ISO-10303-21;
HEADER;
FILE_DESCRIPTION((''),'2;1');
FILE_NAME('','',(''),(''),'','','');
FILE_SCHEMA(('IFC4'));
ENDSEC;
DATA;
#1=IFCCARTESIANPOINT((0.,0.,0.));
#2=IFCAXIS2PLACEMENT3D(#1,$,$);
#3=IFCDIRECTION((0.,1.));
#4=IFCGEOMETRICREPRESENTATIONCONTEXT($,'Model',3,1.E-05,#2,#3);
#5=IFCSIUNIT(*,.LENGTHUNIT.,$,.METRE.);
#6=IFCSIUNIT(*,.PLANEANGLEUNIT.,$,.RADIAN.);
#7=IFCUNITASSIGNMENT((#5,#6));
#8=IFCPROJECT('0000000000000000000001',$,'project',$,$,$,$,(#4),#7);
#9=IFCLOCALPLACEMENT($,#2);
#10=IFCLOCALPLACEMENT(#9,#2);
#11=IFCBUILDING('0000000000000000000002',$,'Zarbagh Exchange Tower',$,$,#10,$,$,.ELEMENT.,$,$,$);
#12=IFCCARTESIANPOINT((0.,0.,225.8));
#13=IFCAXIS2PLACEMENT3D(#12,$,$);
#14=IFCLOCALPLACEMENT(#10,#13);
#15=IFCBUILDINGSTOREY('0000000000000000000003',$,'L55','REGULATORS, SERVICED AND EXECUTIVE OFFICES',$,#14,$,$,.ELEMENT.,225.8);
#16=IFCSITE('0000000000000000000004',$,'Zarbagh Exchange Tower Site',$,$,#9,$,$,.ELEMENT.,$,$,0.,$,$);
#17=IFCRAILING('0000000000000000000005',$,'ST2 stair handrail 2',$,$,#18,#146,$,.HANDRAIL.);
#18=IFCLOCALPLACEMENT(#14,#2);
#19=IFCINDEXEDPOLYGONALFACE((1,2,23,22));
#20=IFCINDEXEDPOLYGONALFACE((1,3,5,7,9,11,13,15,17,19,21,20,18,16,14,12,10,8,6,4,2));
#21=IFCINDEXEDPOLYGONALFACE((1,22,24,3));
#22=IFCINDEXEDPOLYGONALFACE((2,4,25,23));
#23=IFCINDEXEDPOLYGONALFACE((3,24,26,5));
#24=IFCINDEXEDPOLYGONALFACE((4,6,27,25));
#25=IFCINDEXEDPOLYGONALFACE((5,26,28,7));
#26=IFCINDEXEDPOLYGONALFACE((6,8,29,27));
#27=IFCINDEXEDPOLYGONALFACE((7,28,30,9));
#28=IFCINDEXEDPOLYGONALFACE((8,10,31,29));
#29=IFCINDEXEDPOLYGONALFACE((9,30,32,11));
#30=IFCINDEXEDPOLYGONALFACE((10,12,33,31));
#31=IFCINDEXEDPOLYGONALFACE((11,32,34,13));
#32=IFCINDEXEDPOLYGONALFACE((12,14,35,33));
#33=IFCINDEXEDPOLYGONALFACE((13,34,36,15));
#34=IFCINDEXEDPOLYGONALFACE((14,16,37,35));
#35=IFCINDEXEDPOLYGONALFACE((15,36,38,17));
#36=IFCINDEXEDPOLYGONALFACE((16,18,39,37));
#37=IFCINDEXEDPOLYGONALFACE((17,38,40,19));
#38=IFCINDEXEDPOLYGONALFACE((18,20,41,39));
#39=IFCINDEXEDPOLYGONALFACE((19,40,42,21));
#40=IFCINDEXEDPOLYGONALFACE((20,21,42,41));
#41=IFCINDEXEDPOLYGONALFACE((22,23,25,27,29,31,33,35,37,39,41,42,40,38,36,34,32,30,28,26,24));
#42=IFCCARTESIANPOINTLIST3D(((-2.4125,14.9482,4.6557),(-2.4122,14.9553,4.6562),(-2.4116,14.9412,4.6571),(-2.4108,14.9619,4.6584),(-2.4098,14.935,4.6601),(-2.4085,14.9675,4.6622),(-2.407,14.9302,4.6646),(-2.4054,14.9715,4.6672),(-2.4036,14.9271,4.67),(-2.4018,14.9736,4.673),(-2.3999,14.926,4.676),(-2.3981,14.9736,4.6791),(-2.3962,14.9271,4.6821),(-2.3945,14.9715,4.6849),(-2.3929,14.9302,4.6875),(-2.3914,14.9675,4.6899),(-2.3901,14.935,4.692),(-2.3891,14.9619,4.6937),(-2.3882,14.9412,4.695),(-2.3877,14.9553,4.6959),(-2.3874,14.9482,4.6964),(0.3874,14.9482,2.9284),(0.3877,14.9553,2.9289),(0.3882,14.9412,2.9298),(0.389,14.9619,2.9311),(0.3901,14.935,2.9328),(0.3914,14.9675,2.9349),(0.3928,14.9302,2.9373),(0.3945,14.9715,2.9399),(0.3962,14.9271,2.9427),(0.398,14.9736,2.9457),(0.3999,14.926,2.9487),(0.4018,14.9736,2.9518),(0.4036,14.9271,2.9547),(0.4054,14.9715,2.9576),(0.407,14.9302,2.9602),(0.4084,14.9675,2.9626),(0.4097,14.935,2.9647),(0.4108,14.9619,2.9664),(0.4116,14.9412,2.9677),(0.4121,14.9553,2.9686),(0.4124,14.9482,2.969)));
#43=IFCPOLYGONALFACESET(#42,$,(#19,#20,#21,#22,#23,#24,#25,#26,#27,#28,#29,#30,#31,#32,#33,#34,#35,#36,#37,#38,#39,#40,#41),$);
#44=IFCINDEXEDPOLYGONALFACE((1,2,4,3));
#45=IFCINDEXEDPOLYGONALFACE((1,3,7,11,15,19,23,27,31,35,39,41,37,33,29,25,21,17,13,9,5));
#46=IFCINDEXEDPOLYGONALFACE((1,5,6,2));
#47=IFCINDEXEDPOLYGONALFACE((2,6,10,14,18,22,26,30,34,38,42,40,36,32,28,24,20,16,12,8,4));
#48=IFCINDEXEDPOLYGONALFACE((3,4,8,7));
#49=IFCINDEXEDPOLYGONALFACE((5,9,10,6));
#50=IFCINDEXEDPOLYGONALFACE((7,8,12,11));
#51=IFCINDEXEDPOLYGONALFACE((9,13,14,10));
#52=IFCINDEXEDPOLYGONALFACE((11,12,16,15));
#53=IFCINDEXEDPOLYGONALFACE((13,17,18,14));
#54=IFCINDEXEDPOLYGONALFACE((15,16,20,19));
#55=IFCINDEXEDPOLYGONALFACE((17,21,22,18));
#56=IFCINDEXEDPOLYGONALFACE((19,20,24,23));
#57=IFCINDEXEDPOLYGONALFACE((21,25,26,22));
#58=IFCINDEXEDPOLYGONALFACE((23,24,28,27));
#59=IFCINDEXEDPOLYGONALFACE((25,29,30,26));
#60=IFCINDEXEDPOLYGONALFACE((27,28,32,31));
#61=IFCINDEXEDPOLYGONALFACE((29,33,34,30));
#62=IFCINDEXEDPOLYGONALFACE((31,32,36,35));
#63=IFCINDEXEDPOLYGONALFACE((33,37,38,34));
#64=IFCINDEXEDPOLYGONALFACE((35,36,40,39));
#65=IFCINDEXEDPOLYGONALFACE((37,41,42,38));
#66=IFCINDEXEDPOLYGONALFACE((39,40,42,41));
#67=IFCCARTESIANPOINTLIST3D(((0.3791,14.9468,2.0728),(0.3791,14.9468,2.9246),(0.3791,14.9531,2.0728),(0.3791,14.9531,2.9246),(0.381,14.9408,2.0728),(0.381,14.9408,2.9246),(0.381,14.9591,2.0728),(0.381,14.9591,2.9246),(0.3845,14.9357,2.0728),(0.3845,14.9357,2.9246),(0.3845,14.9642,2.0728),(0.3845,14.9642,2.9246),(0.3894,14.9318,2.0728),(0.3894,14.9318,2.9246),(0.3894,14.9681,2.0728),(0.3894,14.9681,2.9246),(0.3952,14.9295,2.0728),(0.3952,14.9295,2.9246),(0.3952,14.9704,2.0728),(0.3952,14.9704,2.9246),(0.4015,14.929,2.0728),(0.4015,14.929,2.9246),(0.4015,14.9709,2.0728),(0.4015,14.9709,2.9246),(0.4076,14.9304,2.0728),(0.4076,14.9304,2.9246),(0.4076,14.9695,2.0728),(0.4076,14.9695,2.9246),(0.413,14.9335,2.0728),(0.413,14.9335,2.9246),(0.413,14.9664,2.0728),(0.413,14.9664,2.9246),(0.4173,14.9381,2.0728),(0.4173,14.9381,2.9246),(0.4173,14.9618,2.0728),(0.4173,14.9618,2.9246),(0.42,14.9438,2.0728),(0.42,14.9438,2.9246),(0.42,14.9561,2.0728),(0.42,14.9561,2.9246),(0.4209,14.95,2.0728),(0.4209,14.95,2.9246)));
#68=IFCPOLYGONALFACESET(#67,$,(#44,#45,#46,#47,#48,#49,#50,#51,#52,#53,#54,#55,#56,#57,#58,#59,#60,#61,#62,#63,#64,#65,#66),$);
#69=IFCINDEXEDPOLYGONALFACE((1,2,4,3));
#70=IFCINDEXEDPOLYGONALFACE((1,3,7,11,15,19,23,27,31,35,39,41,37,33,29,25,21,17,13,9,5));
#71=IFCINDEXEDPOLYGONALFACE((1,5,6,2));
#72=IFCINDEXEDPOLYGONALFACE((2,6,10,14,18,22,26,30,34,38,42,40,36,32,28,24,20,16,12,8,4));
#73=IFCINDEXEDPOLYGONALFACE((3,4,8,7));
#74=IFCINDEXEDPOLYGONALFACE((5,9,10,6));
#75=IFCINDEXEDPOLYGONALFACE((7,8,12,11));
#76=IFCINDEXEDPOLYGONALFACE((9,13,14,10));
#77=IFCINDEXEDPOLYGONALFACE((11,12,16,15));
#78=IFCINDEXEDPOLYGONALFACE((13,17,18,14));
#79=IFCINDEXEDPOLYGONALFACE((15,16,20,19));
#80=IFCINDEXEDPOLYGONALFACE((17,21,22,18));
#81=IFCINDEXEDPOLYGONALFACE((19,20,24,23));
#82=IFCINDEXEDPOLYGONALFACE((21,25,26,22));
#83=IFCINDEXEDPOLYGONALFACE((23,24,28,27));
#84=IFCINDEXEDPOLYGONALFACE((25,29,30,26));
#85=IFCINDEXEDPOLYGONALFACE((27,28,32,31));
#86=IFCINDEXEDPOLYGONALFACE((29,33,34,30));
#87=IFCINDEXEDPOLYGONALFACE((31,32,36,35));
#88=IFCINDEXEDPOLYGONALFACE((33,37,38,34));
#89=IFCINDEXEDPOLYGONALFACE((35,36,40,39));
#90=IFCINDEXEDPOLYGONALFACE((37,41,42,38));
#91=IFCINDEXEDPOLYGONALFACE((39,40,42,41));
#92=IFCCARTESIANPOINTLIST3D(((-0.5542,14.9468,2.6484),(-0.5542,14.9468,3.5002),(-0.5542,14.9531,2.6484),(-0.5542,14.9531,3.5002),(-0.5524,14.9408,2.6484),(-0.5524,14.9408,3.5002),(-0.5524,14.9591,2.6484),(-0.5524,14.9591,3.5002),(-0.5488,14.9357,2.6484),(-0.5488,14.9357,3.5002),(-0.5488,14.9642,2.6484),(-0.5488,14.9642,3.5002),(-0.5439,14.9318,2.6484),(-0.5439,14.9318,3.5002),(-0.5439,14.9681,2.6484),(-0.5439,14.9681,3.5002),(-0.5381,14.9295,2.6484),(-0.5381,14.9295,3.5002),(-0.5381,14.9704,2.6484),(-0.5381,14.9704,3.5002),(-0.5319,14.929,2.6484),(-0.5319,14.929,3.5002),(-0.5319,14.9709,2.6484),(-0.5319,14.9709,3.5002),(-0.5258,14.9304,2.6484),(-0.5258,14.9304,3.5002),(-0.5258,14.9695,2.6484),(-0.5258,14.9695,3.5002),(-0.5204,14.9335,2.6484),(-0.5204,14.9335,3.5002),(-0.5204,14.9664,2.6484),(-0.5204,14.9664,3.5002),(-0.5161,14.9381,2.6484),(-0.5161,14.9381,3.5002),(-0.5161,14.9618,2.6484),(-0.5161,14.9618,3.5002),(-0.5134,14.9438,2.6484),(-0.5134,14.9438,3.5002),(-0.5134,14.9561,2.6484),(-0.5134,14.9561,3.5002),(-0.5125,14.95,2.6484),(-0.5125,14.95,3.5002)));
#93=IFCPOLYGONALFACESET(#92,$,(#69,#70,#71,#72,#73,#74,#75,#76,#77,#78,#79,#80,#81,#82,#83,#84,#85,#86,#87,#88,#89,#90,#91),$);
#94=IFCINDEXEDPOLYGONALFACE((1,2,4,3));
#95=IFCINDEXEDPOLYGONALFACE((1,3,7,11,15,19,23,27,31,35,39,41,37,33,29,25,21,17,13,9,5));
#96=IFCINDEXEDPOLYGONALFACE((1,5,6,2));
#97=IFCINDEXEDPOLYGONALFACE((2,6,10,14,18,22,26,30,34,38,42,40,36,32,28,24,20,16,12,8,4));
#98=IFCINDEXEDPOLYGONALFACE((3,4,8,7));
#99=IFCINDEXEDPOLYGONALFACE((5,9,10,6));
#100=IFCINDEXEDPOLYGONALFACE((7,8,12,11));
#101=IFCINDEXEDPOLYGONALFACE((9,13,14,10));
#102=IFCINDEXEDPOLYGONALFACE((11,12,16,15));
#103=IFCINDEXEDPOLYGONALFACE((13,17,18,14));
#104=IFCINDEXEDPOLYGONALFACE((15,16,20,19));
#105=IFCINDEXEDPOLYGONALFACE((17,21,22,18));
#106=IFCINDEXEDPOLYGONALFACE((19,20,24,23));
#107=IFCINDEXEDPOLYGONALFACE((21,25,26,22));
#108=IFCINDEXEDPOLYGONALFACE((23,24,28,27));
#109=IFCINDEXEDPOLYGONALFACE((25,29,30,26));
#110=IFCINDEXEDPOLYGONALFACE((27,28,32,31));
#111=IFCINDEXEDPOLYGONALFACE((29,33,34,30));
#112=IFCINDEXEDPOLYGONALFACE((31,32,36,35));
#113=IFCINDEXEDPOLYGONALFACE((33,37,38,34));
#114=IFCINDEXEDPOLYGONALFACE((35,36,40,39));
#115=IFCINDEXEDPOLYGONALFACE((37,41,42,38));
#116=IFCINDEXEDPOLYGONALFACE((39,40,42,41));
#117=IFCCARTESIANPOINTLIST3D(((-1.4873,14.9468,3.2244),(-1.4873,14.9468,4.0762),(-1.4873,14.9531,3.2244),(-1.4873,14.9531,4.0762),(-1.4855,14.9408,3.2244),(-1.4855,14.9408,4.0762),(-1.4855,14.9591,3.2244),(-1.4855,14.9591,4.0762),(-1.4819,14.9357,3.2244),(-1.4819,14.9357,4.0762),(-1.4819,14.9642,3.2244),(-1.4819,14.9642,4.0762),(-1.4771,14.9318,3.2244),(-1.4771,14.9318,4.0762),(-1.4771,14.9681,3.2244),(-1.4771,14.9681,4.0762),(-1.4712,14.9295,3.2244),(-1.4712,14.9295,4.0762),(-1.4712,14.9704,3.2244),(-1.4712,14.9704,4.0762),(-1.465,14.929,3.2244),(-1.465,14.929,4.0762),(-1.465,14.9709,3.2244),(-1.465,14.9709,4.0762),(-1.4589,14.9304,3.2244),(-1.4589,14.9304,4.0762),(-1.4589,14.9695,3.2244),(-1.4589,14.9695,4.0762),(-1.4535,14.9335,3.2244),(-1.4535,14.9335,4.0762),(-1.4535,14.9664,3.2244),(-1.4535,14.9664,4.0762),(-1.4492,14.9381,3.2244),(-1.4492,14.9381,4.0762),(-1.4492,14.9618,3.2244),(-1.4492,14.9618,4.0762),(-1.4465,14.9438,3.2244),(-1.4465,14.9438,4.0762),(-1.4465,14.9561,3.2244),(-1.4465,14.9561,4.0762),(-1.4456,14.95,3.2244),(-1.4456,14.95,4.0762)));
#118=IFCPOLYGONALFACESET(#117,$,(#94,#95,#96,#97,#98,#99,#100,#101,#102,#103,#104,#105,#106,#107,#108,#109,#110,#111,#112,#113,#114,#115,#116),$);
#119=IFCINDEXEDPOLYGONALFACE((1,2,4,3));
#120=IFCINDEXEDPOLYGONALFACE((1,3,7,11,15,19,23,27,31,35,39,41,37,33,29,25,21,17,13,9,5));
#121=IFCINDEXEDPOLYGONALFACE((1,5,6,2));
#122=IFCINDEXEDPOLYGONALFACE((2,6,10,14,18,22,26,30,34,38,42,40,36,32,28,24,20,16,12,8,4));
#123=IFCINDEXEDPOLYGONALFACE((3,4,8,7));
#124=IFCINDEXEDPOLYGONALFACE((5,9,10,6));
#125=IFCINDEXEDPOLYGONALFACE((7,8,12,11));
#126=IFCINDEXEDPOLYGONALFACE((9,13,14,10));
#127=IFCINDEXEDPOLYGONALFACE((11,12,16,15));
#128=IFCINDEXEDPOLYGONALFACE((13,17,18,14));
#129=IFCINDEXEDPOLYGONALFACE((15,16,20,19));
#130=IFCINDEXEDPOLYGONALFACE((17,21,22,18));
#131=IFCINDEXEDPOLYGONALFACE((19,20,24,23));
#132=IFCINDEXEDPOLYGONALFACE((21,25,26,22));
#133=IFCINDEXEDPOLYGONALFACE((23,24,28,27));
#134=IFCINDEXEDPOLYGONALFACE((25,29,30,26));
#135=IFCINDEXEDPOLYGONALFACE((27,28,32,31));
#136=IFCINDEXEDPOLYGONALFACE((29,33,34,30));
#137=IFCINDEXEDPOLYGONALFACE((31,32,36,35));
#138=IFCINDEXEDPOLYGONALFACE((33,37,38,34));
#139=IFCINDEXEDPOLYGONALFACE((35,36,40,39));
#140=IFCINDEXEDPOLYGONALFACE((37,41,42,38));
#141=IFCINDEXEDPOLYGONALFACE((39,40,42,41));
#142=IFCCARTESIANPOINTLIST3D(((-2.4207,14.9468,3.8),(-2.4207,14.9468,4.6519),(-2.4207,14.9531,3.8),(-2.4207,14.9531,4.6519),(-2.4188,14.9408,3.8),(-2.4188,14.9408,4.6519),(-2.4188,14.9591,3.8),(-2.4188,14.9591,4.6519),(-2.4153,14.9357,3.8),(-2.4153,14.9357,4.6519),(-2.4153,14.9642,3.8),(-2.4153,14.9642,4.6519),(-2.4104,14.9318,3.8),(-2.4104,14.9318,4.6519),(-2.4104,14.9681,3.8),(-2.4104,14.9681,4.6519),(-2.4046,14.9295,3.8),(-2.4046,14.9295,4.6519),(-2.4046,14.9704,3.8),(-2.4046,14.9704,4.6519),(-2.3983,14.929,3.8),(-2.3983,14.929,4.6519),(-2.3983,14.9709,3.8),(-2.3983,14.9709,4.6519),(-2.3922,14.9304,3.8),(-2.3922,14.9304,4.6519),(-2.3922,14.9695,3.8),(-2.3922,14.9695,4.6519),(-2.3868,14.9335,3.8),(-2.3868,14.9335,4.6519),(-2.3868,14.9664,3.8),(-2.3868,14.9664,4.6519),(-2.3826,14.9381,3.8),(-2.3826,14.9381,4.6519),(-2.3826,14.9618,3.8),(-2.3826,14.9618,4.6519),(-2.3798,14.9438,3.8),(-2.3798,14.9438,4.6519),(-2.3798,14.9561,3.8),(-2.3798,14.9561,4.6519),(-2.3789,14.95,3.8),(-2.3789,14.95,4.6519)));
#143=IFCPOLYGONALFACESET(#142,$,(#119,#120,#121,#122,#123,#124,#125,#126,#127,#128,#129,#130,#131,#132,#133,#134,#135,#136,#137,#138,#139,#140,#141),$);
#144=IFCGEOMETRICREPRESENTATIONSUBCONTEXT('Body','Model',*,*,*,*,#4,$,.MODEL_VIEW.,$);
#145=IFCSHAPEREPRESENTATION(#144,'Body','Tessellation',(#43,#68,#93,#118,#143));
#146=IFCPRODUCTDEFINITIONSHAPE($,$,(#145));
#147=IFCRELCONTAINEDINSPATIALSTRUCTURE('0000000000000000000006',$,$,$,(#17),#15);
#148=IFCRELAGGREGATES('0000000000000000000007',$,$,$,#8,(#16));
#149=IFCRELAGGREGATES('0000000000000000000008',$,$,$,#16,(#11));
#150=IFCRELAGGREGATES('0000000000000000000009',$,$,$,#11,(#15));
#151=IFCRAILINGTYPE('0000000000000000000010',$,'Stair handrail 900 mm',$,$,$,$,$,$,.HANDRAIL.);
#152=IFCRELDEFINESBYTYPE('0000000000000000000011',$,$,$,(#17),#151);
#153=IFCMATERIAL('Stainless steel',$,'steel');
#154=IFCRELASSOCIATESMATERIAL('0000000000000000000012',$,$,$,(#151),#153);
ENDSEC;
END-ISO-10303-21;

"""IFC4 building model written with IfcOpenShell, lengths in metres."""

from ifc_helpers import new_model, si_unit, direction, frame, origin, origin_2d, place, context, subcontext, project, spatial, circle, extrude, material, type_object, element, save


model = new_model("IFC4")

# Units and contexts
model_context = context("Model", 3, precision=1e-05, world=origin(), true_north=direction((0.0, 1.0)))
body_context = subcontext(model_context, "Body", "Model", "MODEL_VIEW")
ifc_project = project(units=[si_unit("LENGTHUNIT", "METRE"), si_unit("PLANEANGLEUNIT", "RADIAN")], contexts=[model_context])

# Site, building, storey
site_placement = place(None, origin())
site = spatial("IfcSite", under=ifc_project, at=site_placement, Name="Zarbagh Exchange Tower Site", CompositionType="ELEMENT", RefElevation=0.0)
building_placement = place(site_placement, origin())
building = spatial("IfcBuilding", under=site, at=building_placement, Name="Zarbagh Exchange Tower", CompositionType="ELEMENT")
storey_placement = place(building_placement, frame((0.0, 0.0, 225.8)))
storey = spatial("IfcBuildingStorey", under=building, at=storey_placement, Name="L55", Description="REGULATORS, SERVICED AND EXECUTIVE OFFICES", CompositionType="ELEMENT", Elevation=225.8)

# Shared definitions
ifc_material_1 = material(Name="Stainless steel", Category="steel")

# Railing
railing_type_1 = type_object("IfcRailingType", Name="Stair handrail 900 mm", PredefinedType="HANDRAIL", material=ifc_material_1)
railing_1_placement = place(storey_placement, frame((0.3999, 14.95, 2.0728)))
element("IfcRailing", 1, at=railing_1_placement, inside=storey, type_object=railing_type_1, Name="ST2 stair handrail 2", PredefinedType="HANDRAIL", context=body_context, shape_type="SweptSolid", body=[
    extrude(circle(Radius=0.0239, at=origin_2d()), frame((0.0, 0.0, 0.876), z_axis=(-0.851069, 0.0, 0.525054), x_axis=(0.0, -1.0, 0.0)), (0.0, 0.0, 1.0), 3.2898),
    extrude(circle(Radius=0.021, at=origin_2d()), origin(), (0.0, 0.0, 1.0), 0.8518),
    extrude(circle(Radius=0.021, at=origin_2d()), frame((-0.9333, 0.0, 0.5757)), (0.0, 0.0, 1.0), 0.8518),
    extrude(circle(Radius=0.021, at=origin_2d()), frame((-1.8665, 0.0, 1.1516)), (0.0, 0.0, 1.0), 0.8518),
    extrude(circle(Radius=0.021, at=origin_2d()), frame((-2.7998, 0.0, 1.7273)), (0.0, 0.0, 1.0), 0.8518),
])

save(model, "model.ifc")
